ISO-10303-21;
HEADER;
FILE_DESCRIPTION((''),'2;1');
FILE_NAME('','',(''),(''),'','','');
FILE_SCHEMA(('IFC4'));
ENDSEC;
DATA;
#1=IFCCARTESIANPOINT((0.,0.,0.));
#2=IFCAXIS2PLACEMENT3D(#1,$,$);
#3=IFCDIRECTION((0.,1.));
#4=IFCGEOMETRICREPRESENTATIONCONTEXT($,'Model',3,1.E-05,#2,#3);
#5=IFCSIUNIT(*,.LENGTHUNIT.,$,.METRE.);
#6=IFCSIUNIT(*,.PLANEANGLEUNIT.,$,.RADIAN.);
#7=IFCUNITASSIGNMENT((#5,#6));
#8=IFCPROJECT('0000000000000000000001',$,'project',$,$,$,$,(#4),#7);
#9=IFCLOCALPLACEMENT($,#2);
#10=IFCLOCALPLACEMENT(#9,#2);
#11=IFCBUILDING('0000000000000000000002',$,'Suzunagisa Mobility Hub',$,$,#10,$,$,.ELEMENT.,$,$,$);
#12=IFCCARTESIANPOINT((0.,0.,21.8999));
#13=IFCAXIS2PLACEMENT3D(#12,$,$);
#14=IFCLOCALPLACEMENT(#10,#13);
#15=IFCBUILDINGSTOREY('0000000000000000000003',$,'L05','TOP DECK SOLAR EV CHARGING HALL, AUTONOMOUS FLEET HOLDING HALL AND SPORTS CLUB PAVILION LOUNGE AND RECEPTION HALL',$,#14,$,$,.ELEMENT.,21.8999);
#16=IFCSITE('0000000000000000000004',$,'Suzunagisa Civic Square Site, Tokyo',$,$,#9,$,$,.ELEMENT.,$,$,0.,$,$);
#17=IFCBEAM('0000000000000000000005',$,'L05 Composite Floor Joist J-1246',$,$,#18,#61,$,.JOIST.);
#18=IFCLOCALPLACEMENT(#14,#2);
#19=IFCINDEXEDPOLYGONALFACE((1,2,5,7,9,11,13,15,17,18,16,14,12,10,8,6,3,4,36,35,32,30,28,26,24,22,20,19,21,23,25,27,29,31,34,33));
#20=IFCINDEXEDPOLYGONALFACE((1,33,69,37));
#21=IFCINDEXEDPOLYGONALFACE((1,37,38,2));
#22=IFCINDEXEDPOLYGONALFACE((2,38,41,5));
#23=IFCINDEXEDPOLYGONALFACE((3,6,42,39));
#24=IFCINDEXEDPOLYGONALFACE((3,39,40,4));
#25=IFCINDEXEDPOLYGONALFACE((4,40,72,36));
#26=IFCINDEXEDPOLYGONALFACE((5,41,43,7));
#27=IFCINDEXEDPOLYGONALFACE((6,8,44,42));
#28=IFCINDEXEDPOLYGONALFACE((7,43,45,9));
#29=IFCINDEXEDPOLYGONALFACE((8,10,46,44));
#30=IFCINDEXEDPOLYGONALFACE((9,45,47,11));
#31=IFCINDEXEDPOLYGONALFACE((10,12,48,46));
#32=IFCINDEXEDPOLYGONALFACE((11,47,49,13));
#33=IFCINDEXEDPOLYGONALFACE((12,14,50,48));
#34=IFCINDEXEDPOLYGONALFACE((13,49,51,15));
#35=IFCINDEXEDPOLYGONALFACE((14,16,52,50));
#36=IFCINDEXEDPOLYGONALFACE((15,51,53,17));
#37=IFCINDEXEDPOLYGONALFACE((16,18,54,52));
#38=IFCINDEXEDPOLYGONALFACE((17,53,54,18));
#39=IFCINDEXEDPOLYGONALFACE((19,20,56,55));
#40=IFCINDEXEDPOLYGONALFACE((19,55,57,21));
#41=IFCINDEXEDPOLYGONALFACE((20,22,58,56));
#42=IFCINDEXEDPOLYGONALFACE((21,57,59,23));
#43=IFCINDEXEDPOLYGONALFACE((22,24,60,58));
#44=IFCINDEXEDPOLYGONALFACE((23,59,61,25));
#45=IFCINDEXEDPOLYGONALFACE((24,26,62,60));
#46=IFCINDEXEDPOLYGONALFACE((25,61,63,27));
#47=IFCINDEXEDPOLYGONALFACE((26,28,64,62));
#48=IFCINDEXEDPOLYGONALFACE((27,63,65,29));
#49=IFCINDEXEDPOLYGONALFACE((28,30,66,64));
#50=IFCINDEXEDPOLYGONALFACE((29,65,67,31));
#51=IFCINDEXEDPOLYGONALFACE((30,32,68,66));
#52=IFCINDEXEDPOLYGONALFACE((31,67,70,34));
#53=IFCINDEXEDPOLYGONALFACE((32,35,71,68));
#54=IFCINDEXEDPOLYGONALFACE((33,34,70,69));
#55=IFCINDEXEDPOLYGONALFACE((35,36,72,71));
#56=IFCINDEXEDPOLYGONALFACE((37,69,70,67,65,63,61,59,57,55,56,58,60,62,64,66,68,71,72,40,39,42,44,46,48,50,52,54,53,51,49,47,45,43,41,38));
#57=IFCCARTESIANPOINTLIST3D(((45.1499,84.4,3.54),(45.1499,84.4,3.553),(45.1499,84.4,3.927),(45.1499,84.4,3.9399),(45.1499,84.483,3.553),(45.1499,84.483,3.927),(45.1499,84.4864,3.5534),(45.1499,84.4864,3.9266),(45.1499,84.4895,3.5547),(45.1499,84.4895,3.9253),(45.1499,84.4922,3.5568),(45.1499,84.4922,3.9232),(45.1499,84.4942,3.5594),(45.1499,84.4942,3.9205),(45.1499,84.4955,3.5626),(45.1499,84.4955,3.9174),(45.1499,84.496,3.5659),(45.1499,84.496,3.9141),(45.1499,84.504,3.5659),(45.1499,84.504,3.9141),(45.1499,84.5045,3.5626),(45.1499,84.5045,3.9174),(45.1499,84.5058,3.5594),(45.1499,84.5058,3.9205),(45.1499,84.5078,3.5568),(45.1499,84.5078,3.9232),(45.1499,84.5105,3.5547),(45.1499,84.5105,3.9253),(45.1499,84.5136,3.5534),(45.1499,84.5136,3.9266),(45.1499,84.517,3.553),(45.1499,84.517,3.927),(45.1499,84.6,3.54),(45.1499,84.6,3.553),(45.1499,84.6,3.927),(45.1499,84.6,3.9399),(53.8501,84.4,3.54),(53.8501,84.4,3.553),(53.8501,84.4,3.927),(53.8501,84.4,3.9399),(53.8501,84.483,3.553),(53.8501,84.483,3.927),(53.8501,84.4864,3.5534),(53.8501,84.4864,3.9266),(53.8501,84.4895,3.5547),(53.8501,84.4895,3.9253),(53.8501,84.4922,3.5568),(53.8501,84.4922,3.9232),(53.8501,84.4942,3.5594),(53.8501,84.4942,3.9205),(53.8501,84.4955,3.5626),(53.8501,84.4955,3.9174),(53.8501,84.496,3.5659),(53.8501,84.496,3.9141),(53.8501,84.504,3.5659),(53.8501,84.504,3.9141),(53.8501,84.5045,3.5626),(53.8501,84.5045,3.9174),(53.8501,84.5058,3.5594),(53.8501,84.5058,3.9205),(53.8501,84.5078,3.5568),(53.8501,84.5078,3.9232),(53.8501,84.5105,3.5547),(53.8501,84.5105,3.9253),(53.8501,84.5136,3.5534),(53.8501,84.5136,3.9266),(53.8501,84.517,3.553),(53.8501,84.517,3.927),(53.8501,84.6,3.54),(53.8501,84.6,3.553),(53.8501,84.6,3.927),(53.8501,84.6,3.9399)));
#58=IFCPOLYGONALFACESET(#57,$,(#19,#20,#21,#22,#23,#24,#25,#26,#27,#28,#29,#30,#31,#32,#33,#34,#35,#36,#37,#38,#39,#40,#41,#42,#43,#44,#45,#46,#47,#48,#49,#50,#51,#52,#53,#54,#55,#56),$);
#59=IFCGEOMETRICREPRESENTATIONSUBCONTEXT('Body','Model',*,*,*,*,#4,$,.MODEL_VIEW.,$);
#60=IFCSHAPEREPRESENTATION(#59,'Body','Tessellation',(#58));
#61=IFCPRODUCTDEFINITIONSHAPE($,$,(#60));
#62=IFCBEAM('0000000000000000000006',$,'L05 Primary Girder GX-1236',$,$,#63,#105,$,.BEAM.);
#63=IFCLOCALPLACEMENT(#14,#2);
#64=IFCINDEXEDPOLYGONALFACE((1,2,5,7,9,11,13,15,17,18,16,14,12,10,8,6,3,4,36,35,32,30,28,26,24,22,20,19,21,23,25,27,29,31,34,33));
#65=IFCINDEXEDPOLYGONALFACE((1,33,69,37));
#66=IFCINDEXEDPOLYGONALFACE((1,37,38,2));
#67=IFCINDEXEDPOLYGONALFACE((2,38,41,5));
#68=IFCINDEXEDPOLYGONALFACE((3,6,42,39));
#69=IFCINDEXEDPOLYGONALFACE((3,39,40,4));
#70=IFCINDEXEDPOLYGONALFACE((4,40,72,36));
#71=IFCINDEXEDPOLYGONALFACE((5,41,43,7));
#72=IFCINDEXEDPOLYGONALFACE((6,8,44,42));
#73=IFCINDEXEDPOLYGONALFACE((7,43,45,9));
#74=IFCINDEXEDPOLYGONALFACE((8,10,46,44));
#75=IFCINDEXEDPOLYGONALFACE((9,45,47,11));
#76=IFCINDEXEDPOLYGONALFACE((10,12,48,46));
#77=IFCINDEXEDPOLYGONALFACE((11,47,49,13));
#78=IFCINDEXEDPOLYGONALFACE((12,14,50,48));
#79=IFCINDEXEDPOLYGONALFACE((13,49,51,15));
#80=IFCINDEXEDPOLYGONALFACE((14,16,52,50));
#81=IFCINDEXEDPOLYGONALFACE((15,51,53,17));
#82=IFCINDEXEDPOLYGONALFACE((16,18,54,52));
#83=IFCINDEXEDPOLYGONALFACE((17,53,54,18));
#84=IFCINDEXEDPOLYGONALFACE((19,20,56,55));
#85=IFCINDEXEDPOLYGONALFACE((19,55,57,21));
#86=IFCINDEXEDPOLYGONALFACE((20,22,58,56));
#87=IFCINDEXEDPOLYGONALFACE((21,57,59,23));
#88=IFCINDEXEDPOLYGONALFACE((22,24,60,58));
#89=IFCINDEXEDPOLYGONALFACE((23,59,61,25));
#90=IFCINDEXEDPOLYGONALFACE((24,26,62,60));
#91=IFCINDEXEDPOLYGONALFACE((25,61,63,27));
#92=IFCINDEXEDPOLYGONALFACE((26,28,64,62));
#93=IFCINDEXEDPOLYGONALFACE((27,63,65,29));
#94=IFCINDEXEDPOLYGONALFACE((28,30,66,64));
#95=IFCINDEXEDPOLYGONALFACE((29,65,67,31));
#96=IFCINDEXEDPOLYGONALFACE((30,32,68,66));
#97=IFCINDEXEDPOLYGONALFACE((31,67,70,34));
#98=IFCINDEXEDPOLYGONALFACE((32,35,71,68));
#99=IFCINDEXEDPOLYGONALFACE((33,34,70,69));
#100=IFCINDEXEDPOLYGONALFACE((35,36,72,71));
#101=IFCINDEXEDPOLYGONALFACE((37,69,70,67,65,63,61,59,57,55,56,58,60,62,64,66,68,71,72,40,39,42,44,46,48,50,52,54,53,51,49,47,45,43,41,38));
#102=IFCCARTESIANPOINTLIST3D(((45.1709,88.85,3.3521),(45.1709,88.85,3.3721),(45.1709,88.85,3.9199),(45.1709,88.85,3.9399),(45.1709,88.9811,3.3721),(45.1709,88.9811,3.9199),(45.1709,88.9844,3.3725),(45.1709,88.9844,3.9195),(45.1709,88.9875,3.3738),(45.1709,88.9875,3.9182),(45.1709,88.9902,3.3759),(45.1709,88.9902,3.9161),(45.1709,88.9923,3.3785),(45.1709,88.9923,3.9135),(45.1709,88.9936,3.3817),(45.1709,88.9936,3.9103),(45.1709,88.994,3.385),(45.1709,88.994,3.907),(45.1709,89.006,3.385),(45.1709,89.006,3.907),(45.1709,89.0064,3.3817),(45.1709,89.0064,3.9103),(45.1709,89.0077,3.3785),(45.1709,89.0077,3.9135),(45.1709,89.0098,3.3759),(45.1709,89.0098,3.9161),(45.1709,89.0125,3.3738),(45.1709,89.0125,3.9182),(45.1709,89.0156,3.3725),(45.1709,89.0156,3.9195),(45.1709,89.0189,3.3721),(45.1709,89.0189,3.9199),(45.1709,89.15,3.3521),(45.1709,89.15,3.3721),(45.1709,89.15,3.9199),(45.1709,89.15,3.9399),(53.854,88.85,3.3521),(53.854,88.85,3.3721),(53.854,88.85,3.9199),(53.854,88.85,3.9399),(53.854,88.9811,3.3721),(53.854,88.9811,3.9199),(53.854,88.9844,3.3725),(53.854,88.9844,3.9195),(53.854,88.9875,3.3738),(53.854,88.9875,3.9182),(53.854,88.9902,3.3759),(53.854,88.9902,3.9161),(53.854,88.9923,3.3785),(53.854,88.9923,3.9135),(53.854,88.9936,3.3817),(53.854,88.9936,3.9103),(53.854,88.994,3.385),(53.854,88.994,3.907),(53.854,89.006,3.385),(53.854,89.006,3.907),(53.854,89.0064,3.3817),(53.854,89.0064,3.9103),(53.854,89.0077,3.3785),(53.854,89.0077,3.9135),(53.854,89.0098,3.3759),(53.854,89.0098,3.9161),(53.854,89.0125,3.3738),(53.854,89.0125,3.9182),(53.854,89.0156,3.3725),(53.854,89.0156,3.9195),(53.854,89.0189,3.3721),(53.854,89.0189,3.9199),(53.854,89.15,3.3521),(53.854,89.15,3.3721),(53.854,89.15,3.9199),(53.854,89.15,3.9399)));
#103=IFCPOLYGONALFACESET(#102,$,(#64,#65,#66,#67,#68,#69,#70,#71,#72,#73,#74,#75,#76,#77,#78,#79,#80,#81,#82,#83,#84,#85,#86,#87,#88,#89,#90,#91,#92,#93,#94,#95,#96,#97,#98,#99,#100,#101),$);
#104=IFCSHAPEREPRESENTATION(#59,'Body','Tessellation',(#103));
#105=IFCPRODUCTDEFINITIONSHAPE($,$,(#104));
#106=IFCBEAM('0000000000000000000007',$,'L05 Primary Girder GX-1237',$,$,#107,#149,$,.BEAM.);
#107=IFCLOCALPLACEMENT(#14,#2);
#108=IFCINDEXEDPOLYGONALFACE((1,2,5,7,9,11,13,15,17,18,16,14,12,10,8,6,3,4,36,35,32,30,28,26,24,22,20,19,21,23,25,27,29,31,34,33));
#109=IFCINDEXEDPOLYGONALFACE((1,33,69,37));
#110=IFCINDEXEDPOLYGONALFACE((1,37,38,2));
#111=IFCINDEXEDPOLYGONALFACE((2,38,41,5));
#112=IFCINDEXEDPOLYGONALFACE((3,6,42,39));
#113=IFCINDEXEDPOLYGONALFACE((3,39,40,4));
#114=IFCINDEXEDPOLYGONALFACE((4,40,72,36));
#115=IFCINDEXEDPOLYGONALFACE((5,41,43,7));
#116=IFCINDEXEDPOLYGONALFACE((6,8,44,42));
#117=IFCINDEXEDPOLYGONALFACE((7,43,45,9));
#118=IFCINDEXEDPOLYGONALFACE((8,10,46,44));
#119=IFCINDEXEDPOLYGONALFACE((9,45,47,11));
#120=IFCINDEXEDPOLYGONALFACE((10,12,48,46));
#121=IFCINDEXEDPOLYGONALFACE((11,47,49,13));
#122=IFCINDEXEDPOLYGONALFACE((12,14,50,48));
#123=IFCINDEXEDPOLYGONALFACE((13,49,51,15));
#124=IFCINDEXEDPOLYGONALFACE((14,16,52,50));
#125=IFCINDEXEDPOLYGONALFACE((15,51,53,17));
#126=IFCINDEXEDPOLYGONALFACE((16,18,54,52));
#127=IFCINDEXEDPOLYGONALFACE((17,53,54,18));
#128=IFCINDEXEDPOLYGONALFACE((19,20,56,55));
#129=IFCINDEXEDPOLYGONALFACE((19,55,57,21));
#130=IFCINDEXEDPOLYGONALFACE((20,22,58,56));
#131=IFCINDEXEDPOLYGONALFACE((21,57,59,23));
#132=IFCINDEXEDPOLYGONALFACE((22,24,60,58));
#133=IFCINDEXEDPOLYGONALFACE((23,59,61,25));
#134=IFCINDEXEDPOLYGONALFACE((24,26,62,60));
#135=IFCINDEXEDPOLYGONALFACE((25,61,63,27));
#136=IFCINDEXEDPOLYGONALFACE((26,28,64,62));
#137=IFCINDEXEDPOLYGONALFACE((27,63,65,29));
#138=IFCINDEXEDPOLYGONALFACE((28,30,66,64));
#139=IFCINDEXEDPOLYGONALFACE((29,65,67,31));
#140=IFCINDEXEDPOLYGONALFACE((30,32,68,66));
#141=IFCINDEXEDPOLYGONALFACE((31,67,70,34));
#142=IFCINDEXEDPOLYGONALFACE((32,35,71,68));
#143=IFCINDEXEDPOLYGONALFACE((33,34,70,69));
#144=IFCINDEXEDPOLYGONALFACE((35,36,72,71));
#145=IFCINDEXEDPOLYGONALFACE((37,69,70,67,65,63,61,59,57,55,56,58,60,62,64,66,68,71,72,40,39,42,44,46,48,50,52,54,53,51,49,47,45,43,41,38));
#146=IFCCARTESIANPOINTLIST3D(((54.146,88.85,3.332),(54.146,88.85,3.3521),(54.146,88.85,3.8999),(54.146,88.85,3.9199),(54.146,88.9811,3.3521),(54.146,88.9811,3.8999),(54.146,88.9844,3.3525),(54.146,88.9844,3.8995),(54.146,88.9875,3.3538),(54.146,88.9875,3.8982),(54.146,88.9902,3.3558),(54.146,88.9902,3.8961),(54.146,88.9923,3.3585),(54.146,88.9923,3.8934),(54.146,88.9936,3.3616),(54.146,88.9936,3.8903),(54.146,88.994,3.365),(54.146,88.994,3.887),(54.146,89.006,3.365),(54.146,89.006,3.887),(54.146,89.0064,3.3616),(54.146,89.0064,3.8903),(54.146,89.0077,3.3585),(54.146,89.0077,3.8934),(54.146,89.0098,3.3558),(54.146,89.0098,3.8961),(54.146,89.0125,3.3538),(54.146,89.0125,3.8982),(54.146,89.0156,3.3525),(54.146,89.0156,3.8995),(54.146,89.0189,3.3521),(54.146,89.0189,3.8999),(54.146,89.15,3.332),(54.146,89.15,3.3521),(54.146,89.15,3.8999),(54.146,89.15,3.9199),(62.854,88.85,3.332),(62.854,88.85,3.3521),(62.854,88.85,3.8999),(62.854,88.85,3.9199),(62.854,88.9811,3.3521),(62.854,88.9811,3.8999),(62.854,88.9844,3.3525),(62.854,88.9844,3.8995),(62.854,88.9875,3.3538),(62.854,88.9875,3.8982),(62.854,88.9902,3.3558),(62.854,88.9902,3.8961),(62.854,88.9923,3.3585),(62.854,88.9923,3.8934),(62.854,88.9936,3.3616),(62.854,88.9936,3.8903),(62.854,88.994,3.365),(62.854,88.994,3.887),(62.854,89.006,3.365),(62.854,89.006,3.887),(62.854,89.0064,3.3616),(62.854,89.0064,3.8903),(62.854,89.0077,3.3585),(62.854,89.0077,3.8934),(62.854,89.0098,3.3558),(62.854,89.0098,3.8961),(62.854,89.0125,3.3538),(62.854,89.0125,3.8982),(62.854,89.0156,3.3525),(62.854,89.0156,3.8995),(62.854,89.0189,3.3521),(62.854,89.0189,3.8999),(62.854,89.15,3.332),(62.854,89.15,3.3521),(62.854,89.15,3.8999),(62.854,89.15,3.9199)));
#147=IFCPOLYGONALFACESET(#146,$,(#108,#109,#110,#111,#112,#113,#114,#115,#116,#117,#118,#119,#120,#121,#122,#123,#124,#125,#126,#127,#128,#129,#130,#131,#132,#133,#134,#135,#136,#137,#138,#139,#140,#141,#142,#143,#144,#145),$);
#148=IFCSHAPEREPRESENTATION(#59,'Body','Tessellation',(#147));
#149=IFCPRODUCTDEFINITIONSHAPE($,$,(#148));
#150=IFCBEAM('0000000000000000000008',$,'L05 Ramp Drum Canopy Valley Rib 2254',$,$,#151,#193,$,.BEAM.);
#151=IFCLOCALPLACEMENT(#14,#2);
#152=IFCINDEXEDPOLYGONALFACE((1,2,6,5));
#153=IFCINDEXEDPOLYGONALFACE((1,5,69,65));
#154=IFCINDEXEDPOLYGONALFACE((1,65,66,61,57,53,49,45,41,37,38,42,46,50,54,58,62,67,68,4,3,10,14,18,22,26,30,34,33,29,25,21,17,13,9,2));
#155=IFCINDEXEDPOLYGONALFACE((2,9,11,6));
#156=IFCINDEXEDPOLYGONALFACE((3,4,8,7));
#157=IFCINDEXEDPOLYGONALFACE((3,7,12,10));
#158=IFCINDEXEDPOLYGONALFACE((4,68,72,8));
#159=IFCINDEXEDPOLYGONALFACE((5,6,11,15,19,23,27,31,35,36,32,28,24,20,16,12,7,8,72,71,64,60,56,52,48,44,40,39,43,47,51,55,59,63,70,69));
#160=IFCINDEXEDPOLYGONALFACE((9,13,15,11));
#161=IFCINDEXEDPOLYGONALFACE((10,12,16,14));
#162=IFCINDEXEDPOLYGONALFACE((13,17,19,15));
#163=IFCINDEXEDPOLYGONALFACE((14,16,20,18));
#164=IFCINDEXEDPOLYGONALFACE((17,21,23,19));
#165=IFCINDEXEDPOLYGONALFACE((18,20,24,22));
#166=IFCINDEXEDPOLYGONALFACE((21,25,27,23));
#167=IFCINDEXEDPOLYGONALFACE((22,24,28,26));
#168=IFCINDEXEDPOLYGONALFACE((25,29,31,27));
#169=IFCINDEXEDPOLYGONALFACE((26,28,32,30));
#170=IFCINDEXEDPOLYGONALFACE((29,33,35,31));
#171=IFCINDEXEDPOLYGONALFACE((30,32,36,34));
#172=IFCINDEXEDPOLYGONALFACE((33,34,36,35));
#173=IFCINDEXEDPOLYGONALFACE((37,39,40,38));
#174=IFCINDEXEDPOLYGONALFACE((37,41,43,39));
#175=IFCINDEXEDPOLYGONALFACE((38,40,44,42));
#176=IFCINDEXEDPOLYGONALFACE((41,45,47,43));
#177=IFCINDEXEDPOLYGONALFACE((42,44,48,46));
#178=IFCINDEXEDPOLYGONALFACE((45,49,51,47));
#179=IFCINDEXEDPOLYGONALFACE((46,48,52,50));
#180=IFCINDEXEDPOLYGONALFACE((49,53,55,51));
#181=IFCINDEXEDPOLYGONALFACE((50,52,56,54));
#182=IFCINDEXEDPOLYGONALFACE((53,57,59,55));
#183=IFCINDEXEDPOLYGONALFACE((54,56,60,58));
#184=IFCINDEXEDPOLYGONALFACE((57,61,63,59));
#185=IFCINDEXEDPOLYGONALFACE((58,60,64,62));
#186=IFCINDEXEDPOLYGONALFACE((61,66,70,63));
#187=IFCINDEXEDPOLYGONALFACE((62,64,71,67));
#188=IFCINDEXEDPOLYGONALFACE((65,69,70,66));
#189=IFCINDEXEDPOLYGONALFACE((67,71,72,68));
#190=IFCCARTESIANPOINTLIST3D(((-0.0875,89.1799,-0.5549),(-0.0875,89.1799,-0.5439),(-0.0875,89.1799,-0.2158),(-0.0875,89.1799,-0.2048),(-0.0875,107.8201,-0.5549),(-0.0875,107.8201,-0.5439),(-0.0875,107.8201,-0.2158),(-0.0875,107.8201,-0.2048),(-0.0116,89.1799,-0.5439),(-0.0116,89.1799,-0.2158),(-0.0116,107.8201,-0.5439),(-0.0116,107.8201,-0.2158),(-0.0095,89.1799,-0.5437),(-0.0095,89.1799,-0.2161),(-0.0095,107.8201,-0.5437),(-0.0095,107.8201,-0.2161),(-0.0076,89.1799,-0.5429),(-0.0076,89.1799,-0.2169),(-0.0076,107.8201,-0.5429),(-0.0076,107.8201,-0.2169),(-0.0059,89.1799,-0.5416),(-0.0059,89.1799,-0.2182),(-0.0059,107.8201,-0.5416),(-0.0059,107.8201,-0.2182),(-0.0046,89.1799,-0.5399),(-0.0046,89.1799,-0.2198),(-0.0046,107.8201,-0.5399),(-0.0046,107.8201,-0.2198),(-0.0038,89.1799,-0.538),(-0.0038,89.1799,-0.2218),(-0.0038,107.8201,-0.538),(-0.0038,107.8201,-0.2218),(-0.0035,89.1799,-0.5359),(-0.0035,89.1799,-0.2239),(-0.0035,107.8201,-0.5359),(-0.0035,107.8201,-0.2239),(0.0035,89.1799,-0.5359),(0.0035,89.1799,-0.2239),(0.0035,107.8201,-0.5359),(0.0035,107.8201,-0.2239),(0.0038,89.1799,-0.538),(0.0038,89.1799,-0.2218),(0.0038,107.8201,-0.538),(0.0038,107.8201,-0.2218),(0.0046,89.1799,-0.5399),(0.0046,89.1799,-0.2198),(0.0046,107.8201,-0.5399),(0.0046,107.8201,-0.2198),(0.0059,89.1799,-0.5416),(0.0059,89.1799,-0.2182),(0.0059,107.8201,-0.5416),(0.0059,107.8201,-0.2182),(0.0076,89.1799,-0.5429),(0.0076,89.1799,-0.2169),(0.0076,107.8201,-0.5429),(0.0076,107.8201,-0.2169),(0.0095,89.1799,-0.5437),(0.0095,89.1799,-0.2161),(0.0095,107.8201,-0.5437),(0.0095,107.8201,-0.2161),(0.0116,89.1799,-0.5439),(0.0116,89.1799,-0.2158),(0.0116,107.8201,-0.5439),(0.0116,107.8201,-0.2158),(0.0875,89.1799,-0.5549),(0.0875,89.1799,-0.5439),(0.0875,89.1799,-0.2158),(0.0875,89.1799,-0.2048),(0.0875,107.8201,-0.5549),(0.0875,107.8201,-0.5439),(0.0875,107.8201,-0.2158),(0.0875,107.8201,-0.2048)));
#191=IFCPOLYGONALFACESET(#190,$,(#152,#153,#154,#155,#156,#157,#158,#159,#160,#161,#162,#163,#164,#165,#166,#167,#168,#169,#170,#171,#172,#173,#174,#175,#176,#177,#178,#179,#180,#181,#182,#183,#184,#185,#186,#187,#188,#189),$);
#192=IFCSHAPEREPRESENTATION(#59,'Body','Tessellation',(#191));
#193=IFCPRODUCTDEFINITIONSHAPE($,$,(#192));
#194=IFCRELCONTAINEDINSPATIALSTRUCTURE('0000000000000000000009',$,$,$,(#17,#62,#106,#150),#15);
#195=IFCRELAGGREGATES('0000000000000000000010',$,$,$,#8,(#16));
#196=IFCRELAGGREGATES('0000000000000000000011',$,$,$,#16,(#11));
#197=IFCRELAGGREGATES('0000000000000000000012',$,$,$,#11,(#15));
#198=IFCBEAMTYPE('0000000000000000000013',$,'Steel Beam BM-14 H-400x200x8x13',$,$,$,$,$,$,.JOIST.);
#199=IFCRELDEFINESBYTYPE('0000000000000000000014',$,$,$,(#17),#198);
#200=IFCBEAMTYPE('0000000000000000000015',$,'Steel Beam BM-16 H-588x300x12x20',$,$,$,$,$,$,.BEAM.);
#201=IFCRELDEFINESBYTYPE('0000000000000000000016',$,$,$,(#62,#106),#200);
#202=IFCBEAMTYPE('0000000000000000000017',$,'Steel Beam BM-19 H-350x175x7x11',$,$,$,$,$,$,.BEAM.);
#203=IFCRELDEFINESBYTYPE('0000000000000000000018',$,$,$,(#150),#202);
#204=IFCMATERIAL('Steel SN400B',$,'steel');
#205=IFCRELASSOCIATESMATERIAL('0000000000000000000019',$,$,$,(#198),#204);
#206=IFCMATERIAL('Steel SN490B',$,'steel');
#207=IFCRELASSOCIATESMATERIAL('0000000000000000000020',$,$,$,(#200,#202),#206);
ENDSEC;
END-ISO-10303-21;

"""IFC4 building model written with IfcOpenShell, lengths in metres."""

from ifc_helpers import new_model, si_unit, direction, frame, origin, origin_2d, place, context, subcontext, project, spatial, i_section, extrude, material, material_profile, profile_set, type_object, element, save


model = new_model("IFC4")

# Units and contexts
model_context = context("Model", 3, precision=1e-05, world=origin(), true_north=direction((0.0, 1.0)))
body_context = subcontext(model_context, "Body", "Model", "MODEL_VIEW")
ifc_project = project(units=[si_unit("LENGTHUNIT", "METRE"), si_unit("PLANEANGLEUNIT", "RADIAN")], contexts=[model_context])

# Site, building, storey
site_placement = place(None, origin())
site = spatial("IfcSite", under=ifc_project, at=site_placement, Name="Suzunagisa Civic Square Site, Tokyo", CompositionType="ELEMENT", RefElevation=0.0)
building_placement = place(site_placement, origin())
building = spatial("IfcBuilding", under=site, at=building_placement, Name="Suzunagisa Mobility Hub", CompositionType="ELEMENT")
storey_placement = place(building_placement, frame((0.0, 0.0, 21.8999)))
storey = spatial("IfcBuildingStorey", under=building, at=storey_placement, Name="L05", Description="TOP DECK SOLAR EV CHARGING HALL, AUTONOMOUS FLEET HOLDING HALL AND SPORTS CLUB PAVILION LOUNGE AND RECEPTION HALL", CompositionType="ELEMENT", Elevation=21.8999)

# Shared definitions
ifc_material_1 = material(Name="Steel SN490B", Category="steel")

# Shared definitions
ifc_material_2 = material(Name="Steel SN400B", Category="steel")

# Beams
ifc_material_profile_1 = material_profile(ifc_material_2, i_section(OverallWidth=0.2, OverallDepth=0.3999, WebThickness=0.0081, FlangeThickness=0.0129, FilletRadius=0.0129, at=origin_2d()), Name="H-400x200x8x13")
ifc_profile_set_1 = profile_set([ifc_material_profile_1], Name="Steel SN400B")
beam_type_1 = type_object("IfcBeamType", Name="Steel Beam BM-14 H-400x200x8x13", PredefinedType="JOIST", material=ifc_profile_set_1)
beam_1_placement = place(storey_placement, frame((45.1499, 84.5, 3.74), z_axis=(1.0, 0.0, 0.0), x_axis=(0.0, 1.0, 0.0)))
element("IfcBeam", 1, at=beam_1_placement, inside=storey, type_object=beam_type_1, Name="L05 Composite Floor Joist J-1246", PredefinedType="JOIST", context=body_context, shape_type="SweptSolid", body=[
    extrude(i_section(OverallWidth=0.2, OverallDepth=0.3999, WebThickness=0.0081, FlangeThickness=0.0129, FilletRadius=0.0129, at=origin_2d()), origin(), (0.0, 0.0, 1.0), 8.7002),
])
ifc_material_profile_2 = material_profile(ifc_material_1, i_section(OverallWidth=0.3, OverallDepth=0.5879, WebThickness=0.012, FlangeThickness=0.02, FilletRadius=0.0129, at=origin_2d()), Name="H-588x300x12x20")
ifc_profile_set_2 = profile_set([ifc_material_profile_2], Name="Steel SN490B")
beam_type_2 = type_object("IfcBeamType", Name="Steel Beam BM-16 H-588x300x12x20", PredefinedType="BEAM", material=ifc_profile_set_2)
beam_2_placement = place(storey_placement, frame((45.1709, 89.0, 3.646), z_axis=(1.0, 0.0, 0.0), x_axis=(0.0, 1.0, 0.0)))
element("IfcBeam", 2, at=beam_2_placement, inside=storey, type_object=beam_type_2, Name="L05 Primary Girder GX-1236", PredefinedType="BEAM", context=body_context, shape_type="SweptSolid", body=[
    extrude(i_section(OverallWidth=0.3, OverallDepth=0.5879, WebThickness=0.012, FlangeThickness=0.02, FilletRadius=0.0129, at=origin_2d()), origin(), (0.0, 0.0, 1.0), 8.6831),
])
beam_3_placement = place(storey_placement, frame((54.146, 89.0, 3.626), z_axis=(1.0, 0.0, 0.0), x_axis=(0.0, 1.0, 0.0)))
element("IfcBeam", 3, at=beam_3_placement, inside=storey, type_object=beam_type_2, Name="L05 Primary Girder GX-1237", PredefinedType="BEAM", context=body_context, shape_type="SweptSolid", body=[
    extrude(i_section(OverallWidth=0.3, OverallDepth=0.5879, WebThickness=0.012, FlangeThickness=0.02, FilletRadius=0.0129, at=origin_2d()), origin(), (0.0, 0.0, 1.0), 8.708),
])
ifc_material_profile_3 = material_profile(ifc_material_1, i_section(OverallWidth=0.175, OverallDepth=0.3501, WebThickness=0.0071, FlangeThickness=0.011, FilletRadius=0.0081, at=origin_2d()), Name="H-350x175x7x11")
ifc_profile_set_3 = profile_set([ifc_material_profile_3], Name="Steel SN490B")
beam_type_3 = type_object("IfcBeamType", Name="Steel Beam BM-19 H-350x175x7x11", PredefinedType="BEAM", material=ifc_profile_set_3)
beam_4_placement = place(storey_placement, frame((0.0, 89.1799, -0.3799), z_axis=(0.0, 1.0, 0.0), x_axis=(-1.0, 0.0, 0.0)))
element("IfcBeam", 4, at=beam_4_placement, inside=storey, type_object=beam_type_3, Name="L05 Ramp Drum Canopy Valley Rib 2254", PredefinedType="BEAM", context=body_context, shape_type="SweptSolid", body=[
    extrude(i_section(OverallWidth=0.175, OverallDepth=0.3501, WebThickness=0.0071, FlangeThickness=0.011, FilletRadius=0.0081, at=origin_2d()), origin(), (0.0, 0.0, 1.0), 18.6401),
])

save(model, "model.ifc")
